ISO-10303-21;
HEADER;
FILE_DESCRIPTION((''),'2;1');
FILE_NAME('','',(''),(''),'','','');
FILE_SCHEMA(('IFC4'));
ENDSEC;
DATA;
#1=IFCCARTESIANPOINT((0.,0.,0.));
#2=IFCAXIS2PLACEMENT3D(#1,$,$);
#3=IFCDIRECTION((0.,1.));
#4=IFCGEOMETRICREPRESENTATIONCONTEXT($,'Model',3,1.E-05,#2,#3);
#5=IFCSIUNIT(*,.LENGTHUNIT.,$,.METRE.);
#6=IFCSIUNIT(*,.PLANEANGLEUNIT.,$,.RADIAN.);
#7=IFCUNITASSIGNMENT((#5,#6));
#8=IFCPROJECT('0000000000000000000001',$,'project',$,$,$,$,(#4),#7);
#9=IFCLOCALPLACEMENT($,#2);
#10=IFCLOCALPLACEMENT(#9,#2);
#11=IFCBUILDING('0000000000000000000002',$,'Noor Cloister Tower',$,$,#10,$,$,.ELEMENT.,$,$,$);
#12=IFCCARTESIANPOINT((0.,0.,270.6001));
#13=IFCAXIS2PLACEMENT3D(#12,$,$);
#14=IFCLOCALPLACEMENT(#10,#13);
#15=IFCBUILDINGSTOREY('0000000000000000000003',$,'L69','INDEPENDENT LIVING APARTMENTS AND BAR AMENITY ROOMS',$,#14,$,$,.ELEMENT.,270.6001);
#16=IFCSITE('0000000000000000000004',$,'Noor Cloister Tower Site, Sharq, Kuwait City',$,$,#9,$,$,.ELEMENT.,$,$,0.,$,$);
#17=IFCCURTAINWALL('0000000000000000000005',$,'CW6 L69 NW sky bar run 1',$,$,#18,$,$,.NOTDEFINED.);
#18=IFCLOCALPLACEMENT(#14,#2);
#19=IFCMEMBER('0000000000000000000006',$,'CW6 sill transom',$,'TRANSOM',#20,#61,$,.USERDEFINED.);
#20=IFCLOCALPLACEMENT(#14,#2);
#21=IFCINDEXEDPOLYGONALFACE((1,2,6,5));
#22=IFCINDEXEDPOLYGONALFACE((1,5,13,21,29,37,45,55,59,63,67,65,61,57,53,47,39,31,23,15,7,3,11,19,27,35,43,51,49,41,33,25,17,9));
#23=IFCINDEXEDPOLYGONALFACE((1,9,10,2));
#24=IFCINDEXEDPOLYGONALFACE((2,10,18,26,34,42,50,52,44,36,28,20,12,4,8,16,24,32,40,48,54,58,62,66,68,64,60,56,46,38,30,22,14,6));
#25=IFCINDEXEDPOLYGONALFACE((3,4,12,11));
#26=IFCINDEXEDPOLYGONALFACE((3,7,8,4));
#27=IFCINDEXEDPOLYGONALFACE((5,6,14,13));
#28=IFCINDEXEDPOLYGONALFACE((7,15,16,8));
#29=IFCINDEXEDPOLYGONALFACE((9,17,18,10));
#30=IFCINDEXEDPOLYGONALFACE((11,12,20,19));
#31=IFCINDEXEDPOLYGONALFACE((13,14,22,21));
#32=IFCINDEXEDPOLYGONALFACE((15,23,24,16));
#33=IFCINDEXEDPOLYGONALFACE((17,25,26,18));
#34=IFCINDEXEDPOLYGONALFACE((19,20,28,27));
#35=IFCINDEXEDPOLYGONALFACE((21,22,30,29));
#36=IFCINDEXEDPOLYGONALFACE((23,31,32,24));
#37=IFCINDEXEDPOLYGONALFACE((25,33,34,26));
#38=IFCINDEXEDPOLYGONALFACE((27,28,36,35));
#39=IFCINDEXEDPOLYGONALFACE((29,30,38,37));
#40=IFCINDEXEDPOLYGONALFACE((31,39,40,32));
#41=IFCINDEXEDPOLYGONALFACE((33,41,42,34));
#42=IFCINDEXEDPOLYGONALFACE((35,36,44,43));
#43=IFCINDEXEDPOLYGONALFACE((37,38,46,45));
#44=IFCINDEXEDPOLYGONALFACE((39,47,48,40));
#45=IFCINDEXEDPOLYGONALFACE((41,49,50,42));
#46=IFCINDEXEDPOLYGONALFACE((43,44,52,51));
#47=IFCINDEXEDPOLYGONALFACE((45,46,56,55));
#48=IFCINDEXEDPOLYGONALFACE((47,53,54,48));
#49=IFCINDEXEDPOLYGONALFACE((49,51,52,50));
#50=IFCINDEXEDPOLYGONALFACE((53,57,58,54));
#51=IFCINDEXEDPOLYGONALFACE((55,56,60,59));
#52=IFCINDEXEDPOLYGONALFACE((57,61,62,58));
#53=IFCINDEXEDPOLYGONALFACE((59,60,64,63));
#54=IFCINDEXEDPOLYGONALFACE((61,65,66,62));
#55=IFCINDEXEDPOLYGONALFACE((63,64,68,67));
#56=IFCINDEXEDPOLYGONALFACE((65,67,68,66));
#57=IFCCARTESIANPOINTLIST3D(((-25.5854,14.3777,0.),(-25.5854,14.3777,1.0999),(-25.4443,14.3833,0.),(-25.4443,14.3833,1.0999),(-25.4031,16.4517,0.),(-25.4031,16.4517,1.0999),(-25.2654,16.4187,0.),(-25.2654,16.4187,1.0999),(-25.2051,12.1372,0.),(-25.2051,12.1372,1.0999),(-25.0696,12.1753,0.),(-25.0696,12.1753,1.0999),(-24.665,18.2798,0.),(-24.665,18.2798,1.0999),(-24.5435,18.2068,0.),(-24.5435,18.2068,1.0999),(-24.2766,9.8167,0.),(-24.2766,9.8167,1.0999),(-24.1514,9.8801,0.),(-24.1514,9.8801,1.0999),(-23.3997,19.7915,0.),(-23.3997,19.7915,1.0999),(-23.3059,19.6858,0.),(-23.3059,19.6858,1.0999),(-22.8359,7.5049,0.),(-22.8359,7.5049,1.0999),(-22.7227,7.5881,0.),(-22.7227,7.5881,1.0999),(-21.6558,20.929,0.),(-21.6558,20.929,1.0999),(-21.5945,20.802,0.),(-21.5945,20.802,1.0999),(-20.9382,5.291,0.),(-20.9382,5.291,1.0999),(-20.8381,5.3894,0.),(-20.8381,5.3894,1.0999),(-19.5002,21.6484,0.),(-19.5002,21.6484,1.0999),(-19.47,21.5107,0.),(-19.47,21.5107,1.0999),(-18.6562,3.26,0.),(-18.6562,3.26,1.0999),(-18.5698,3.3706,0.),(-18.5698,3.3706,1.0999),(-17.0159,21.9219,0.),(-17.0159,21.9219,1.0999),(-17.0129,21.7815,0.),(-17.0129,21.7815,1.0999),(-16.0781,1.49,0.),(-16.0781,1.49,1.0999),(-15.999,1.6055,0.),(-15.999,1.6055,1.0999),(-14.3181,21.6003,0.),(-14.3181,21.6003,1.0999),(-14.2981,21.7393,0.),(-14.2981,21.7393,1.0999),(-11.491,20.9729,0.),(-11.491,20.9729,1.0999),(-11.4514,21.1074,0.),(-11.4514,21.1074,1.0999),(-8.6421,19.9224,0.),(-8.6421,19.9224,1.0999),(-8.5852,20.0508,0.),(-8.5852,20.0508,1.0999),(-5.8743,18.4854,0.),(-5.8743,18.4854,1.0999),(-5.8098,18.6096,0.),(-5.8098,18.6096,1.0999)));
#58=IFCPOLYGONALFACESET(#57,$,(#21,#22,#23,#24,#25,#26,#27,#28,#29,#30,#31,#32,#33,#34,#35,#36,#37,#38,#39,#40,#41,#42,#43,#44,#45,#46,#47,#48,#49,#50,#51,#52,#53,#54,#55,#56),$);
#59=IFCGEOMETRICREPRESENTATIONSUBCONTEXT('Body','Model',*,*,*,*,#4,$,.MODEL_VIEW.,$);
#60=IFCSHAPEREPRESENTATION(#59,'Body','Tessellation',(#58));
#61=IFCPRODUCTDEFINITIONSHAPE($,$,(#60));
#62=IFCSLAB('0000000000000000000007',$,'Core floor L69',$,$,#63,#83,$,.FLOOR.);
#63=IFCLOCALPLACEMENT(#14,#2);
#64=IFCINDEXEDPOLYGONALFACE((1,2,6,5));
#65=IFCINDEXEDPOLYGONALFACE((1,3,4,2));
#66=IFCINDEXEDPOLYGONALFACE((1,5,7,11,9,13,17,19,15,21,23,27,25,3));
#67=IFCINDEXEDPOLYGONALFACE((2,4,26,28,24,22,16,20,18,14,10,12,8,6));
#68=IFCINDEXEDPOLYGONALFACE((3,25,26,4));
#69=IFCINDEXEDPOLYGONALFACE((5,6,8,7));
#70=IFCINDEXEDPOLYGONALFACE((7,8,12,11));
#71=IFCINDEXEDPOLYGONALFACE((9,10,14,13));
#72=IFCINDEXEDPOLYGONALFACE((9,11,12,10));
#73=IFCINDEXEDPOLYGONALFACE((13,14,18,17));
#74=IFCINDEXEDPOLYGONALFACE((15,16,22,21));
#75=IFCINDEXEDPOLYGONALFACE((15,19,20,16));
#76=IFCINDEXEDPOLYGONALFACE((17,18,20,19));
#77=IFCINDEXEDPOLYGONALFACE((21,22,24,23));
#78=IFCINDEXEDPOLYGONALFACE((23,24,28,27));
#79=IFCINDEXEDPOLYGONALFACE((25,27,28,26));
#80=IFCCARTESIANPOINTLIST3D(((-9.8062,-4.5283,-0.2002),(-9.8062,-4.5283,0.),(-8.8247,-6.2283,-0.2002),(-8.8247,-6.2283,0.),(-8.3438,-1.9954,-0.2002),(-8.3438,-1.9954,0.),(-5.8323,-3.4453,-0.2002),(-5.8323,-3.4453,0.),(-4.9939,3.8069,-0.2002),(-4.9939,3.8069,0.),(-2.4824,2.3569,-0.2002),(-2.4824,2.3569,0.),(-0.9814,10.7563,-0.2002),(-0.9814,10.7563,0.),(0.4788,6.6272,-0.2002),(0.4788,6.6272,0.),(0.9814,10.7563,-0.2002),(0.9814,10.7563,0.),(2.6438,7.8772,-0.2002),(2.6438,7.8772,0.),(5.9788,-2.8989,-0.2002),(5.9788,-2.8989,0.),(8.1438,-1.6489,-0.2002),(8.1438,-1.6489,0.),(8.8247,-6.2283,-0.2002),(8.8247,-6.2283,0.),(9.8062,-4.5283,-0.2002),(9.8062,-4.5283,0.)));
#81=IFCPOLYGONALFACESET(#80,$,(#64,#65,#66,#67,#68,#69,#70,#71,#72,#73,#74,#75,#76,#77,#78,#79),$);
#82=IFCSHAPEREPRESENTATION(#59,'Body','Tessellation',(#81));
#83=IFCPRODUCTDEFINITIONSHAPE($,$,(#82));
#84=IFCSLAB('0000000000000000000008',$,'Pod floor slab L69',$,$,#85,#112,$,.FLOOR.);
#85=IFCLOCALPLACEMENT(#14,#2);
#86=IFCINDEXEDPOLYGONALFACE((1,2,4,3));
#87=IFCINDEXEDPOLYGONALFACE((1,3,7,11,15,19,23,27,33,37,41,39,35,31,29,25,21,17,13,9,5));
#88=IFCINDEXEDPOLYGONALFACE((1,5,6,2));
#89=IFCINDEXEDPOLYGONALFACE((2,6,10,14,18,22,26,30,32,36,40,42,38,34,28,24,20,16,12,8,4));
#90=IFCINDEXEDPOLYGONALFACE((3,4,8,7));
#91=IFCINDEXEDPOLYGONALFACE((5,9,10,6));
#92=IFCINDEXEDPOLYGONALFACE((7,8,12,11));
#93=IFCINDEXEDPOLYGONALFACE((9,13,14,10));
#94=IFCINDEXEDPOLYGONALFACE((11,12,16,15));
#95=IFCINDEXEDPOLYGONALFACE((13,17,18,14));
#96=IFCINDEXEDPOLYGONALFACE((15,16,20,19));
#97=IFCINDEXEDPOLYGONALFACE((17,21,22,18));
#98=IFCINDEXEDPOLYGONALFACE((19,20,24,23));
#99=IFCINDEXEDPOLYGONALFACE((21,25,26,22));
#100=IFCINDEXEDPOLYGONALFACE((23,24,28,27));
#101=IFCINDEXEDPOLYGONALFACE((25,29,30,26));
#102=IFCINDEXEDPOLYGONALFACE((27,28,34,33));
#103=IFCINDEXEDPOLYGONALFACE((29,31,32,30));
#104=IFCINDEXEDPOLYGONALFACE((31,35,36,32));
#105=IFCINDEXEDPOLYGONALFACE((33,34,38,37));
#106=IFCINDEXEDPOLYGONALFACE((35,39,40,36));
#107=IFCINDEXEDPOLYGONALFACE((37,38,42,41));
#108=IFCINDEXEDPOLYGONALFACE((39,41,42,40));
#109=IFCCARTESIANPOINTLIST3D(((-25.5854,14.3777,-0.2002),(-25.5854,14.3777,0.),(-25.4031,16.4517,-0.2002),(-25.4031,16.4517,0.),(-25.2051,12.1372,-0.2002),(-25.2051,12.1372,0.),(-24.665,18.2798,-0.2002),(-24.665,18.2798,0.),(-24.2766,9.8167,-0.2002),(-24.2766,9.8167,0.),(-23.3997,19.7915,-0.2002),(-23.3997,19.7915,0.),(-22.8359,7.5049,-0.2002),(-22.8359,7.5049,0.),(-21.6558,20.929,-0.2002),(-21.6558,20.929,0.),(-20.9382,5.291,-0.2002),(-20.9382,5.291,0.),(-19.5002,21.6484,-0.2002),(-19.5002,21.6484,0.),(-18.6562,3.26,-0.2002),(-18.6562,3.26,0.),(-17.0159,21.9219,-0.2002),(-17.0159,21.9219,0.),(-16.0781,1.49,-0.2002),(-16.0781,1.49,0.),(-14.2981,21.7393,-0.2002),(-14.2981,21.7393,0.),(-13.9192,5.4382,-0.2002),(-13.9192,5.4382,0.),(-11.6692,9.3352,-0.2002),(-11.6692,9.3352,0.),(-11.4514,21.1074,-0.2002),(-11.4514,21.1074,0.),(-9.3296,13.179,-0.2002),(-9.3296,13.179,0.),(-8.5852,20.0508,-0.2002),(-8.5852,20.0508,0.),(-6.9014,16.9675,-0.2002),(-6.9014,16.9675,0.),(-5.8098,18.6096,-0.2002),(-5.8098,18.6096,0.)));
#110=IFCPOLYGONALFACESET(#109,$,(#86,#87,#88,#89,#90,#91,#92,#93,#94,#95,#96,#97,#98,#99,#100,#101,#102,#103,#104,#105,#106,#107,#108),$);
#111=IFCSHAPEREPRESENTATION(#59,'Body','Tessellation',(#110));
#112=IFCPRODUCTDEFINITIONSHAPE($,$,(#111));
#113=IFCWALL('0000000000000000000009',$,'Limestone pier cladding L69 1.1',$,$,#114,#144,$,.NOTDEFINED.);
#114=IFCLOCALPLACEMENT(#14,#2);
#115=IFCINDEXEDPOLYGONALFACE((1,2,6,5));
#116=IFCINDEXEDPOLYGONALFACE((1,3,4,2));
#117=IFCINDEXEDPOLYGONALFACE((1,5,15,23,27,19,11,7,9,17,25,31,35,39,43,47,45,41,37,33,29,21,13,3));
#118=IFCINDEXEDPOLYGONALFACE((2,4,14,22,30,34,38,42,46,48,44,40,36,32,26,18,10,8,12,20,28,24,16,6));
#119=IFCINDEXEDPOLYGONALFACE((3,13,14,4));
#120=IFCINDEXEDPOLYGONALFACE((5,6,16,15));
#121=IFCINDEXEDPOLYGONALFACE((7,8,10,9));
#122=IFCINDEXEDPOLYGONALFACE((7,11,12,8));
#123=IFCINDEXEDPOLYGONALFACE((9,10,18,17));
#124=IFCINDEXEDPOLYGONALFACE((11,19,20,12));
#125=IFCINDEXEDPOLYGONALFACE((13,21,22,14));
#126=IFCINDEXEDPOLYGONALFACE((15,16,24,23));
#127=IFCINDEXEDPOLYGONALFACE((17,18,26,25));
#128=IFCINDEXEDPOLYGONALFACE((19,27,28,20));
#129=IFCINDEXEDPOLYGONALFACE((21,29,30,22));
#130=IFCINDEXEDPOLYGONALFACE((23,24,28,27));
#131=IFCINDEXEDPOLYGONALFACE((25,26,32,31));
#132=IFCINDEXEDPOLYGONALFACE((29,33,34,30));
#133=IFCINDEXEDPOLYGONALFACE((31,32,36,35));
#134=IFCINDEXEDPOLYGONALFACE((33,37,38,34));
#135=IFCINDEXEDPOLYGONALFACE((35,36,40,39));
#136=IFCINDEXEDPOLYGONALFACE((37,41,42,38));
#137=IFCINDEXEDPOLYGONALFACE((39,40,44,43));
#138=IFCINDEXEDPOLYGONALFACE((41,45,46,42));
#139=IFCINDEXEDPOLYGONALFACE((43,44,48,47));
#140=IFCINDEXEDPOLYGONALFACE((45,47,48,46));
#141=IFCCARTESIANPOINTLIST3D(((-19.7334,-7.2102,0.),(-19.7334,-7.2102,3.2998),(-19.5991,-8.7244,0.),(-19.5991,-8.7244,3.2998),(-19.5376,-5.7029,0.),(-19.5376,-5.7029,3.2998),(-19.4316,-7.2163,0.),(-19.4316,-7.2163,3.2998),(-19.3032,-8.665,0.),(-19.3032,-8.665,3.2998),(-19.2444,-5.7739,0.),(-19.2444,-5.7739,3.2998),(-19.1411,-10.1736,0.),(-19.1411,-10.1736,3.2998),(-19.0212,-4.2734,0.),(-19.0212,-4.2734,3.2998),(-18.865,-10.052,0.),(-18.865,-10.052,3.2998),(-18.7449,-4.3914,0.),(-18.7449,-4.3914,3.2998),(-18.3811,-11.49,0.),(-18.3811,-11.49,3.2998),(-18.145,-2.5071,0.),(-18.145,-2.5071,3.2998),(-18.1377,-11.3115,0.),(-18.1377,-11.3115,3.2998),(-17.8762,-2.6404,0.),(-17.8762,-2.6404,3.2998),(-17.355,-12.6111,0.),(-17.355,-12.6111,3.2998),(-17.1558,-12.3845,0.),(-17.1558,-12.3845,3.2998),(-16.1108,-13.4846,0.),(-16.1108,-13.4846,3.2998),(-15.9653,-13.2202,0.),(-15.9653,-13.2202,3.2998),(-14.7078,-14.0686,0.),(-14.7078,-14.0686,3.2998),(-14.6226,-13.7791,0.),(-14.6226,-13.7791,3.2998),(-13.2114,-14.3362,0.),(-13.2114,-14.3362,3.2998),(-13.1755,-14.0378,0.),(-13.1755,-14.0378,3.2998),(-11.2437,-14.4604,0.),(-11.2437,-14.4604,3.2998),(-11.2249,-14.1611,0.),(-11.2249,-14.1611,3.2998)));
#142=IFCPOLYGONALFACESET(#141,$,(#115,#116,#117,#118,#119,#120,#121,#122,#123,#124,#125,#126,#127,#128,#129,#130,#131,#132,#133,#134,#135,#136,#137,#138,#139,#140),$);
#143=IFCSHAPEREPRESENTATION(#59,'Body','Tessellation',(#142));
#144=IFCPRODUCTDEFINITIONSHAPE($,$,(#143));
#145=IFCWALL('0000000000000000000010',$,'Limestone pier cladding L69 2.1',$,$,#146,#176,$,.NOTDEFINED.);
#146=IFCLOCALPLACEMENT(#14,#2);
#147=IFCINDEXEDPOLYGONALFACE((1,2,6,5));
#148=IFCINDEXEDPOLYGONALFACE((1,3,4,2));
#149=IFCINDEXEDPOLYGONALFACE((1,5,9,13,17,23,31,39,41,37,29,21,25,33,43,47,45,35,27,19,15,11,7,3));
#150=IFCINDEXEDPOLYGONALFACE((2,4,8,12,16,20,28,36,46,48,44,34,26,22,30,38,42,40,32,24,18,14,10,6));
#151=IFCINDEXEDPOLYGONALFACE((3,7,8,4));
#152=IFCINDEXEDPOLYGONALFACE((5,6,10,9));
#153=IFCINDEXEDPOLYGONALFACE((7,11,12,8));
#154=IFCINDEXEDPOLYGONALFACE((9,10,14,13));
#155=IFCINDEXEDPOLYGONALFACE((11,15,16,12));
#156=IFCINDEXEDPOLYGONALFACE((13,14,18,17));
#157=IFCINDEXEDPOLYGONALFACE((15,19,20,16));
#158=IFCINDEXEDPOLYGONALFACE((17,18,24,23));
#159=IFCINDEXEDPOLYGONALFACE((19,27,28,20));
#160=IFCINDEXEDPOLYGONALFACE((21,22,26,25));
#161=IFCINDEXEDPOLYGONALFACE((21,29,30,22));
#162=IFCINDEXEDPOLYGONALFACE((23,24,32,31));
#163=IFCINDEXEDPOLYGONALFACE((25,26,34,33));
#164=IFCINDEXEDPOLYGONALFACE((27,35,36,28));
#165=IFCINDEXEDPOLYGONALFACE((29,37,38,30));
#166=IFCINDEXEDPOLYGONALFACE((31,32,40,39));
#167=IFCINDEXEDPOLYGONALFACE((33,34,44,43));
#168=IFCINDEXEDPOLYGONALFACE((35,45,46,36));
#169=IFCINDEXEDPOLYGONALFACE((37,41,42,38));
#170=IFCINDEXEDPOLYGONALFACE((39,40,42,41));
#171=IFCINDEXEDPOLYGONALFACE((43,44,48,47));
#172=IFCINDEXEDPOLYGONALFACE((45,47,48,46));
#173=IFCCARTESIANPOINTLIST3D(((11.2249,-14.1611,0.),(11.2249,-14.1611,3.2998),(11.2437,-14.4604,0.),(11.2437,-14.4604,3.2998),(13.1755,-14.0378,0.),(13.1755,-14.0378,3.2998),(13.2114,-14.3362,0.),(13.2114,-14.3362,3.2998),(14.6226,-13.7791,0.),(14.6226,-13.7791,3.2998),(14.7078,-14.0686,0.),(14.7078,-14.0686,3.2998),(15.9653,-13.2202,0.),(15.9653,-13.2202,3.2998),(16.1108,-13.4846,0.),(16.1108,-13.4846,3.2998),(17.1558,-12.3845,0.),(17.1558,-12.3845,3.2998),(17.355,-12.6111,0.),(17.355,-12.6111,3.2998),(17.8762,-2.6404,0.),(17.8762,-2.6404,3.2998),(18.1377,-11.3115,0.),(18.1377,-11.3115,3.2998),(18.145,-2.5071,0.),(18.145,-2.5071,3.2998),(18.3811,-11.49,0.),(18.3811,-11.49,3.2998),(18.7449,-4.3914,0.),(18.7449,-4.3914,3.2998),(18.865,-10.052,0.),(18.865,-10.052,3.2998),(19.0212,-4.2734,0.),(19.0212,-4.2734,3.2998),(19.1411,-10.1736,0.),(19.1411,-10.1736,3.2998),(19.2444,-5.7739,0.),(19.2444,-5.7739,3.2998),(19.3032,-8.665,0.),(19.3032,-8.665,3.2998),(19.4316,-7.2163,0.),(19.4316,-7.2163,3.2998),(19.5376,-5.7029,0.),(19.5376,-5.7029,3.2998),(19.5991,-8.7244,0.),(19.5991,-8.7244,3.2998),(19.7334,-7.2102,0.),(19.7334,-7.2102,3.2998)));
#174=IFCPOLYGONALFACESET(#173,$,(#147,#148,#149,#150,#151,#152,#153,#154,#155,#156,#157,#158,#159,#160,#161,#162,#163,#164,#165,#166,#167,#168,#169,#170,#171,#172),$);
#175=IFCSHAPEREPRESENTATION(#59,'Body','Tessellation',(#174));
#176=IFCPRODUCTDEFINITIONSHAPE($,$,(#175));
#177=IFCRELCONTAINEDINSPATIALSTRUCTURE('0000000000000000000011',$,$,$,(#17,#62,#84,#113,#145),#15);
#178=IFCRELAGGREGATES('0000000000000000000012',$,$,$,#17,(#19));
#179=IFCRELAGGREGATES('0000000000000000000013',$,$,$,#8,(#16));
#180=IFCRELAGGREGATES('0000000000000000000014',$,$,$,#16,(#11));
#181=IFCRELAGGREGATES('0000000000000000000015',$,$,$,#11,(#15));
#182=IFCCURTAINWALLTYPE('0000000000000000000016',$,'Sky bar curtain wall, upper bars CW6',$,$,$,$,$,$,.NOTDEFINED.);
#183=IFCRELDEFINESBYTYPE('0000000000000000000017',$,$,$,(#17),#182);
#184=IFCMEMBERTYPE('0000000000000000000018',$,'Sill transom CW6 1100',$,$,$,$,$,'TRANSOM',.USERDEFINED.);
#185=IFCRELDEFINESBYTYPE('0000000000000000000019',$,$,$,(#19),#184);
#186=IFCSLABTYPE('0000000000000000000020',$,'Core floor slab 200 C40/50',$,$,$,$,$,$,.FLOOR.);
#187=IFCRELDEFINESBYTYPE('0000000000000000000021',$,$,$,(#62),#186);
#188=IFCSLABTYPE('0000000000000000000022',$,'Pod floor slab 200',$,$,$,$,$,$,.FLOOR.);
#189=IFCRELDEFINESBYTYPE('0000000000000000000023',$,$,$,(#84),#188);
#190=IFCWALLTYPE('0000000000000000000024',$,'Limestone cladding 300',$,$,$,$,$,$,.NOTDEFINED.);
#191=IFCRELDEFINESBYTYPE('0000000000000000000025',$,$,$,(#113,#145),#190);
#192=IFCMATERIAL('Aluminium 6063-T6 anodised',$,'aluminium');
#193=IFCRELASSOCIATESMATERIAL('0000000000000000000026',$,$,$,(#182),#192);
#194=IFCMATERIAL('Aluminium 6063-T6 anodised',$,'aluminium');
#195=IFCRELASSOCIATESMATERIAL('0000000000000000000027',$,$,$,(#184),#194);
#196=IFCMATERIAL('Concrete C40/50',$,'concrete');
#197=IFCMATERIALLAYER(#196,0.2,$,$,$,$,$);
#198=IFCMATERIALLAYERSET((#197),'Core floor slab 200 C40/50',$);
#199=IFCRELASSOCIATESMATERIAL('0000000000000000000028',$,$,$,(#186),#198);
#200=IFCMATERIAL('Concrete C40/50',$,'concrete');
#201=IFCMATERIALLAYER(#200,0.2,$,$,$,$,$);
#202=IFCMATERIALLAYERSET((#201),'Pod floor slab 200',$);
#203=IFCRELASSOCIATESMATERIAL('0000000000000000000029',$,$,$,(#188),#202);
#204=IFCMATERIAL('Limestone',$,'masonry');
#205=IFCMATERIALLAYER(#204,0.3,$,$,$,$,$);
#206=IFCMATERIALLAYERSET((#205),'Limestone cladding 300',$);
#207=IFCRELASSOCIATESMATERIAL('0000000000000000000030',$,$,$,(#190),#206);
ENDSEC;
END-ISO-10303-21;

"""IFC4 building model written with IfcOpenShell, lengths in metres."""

from ifc_helpers import new_model, si_unit, direction, frame, origin, place, context, subcontext, project, spatial, polyline, outline, extrude, material, layer, layer_set, type_object, element, aggregate, save


model = new_model("IFC4")

# Units and contexts
model_context = context("Model", 3, precision=1e-05, world=origin(), true_north=direction((0.0, 1.0)))
body_context = subcontext(model_context, "Body", "Model", "MODEL_VIEW")
ifc_project = project(units=[si_unit("LENGTHUNIT", "METRE"), si_unit("PLANEANGLEUNIT", "RADIAN")], contexts=[model_context])

# Site, building, storey
site_placement = place(None, origin())
site = spatial("IfcSite", under=ifc_project, at=site_placement, Name="Noor Cloister Tower Site, Sharq, Kuwait City", CompositionType="ELEMENT", RefElevation=0.0)
building_placement = place(site_placement, origin())
building = spatial("IfcBuilding", under=site, at=building_placement, Name="Noor Cloister Tower", CompositionType="ELEMENT")
storey_placement = place(building_placement, frame((0.0, 0.0, 270.6001)))
storey = spatial("IfcBuildingStorey", under=building, at=storey_placement, Name="L69", Description="INDEPENDENT LIVING APARTMENTS AND BAR AMENITY ROOMS", CompositionType="ELEMENT", Elevation=270.6001)

# Curtain wall
ifc_material_1 = material(Name="Aluminium 6063-T6 anodised", Category="aluminium")
curtain_wall_type_1 = type_object("IfcCurtainWallType", Name="Sky bar curtain wall, upper bars CW6", PredefinedType="NOTDEFINED", material=ifc_material_1)
curtain_wall_1_placement = place(storey_placement, origin())
curtain_wall_1 = element("IfcCurtainWall", 1, at=curtain_wall_1_placement, inside=storey, type_object=curtain_wall_type_1, Name="CW6 L69 NW sky bar run 1", PredefinedType="NOTDEFINED")

# Member
ifc_material_2 = material(Name="Aluminium 6063-T6 anodised", Category="aluminium")
member_type_1 = type_object("IfcMemberType", Name="Sill transom CW6 1100", ElementType="TRANSOM", PredefinedType="USERDEFINED", material=ifc_material_2)
member_1_placement = place(storey_placement, origin())
member_1 = element("IfcMember", 2, at=member_1_placement, type_object=member_type_1, Name="CW6 sill transom", ObjectType="TRANSOM", PredefinedType="USERDEFINED", context=body_context, shape_type="SweptSolid", body=[
    extrude(outline(polyline([(-5.8098, 18.6096), (-8.5852, 20.0508), (-11.4514, 21.1074), (-14.2981, 21.7393), (-17.0159, 21.9219), (-19.5002, 21.6484), (-21.6558, 20.929), (-23.3997, 19.7915), (-24.665, 18.2798), (-25.4031, 16.4517), (-25.5854, 14.3777), (-25.2051, 12.1372), (-24.2766, 9.8167), (-22.8359, 7.5049), (-20.9382, 5.291), (-18.6562, 3.26), (-16.0781, 1.49), (-15.999, 1.6055), (-18.5698, 3.3706), (-20.8381, 5.3894), (-22.7227, 7.5881), (-24.1514, 9.8801), (-25.0696, 12.1753), (-25.4443, 14.3833), (-25.2654, 16.4187), (-24.5435, 18.2068), (-23.3059, 19.6858), (-21.5945, 20.802), (-19.47, 21.5107), (-17.0129, 21.7815), (-14.3181, 21.6003), (-11.491, 20.9729), (-8.6421, 19.9224), (-5.8743, 18.4854), (-5.8098, 18.6096)])), origin(), (0.0, 0.0, 1.0), 1.0999),
])
aggregate(curtain_wall_1, [member_1])

# Slabs
ifc_material_3 = material(Name="Concrete C40/50", Category="concrete")
ifc_layer_1 = layer(ifc_material_3, 0.2)
ifc_layer_set_1 = layer_set([ifc_layer_1], Name="Core floor slab 200 C40/50")
slab_type_1 = type_object("IfcSlabType", Name="Core floor slab 200 C40/50", PredefinedType="FLOOR", material=ifc_layer_set_1)
slab_1_placement = place(storey_placement, frame((0.0, 0.0, -0.2002)))
element("IfcSlab", 3, at=slab_1_placement, inside=storey, type_object=slab_type_1, Name="Core floor L69", PredefinedType="FLOOR", context=body_context, shape_type="SweptSolid", body=[
    extrude(outline(polyline([(2.6438, 7.8772), (0.9814, 10.7563), (-0.9814, 10.7563), (-4.9939, 3.8069), (-2.4824, 2.3569), (-5.8323, -3.4453), (-8.3438, -1.9954), (-9.8062, -4.5283), (-8.8247, -6.2283), (8.8247, -6.2283), (9.8062, -4.5283), (8.1438, -1.6489), (5.9788, -2.8989), (0.4788, 6.6272), (2.6438, 7.8772)])), origin(), (0.0, 0.0, 1.0), 0.2002),
])
ifc_material_4 = material(Name="Concrete C40/50", Category="concrete")
ifc_layer_2 = layer(ifc_material_4, 0.2)
ifc_layer_set_2 = layer_set([ifc_layer_2], Name="Pod floor slab 200")
slab_type_2 = type_object("IfcSlabType", Name="Pod floor slab 200", PredefinedType="FLOOR", material=ifc_layer_set_2)
slab_2_placement = place(storey_placement, frame((0.0, 0.0, -0.2002)))
element("IfcSlab", 4, at=slab_2_placement, inside=storey, type_object=slab_type_2, Name="Pod floor slab L69", PredefinedType="FLOOR", context=body_context, shape_type="SweptSolid", body=[
    extrude(outline(polyline([(-5.8098, 18.6096), (-8.5852, 20.0508), (-11.4514, 21.1074), (-14.2981, 21.7393), (-17.0159, 21.9219), (-19.5002, 21.6484), (-21.6558, 20.929), (-23.3997, 19.7915), (-24.665, 18.2798), (-25.4031, 16.4517), (-25.5854, 14.3777), (-25.2051, 12.1372), (-24.2766, 9.8167), (-22.8359, 7.5049), (-20.9382, 5.291), (-18.6562, 3.26), (-16.0781, 1.49), (-13.9192, 5.4382), (-11.6692, 9.3352), (-9.3296, 13.179), (-6.9014, 16.9675), (-5.8098, 18.6096)])), origin(), (0.0, 0.0, 1.0), 0.2002),
])

# Walls
ifc_material_5 = material(Name="Limestone", Category="masonry")
ifc_layer_3 = layer(ifc_material_5, 0.3)
ifc_layer_set_3 = layer_set([ifc_layer_3], Name="Limestone cladding 300")
wall_type = type_object("IfcWallType", Name="Limestone cladding 300", PredefinedType="NOTDEFINED", material=ifc_layer_set_3)
wall_1_placement = place(storey_placement, origin())
element("IfcWall", 5, at=wall_1_placement, inside=storey, type_object=wall_type, Name="Limestone pier cladding L69 1.1", PredefinedType="NOTDEFINED", context=body_context, shape_type="SweptSolid", body=[
    extrude(outline(polyline([(-18.145, -2.5071), (-19.0212, -4.2734), (-19.5376, -5.7029), (-19.7334, -7.2102), (-19.5991, -8.7244), (-19.1411, -10.1736), (-18.3811, -11.49), (-17.355, -12.6111), (-16.1108, -13.4846), (-14.7078, -14.0686), (-13.2114, -14.3362), (-11.2437, -14.4604), (-11.2249, -14.1611), (-13.1755, -14.0378), (-14.6226, -13.7791), (-15.9653, -13.2202), (-17.1558, -12.3845), (-18.1377, -11.3115), (-18.865, -10.052), (-19.3032, -8.665), (-19.4316, -7.2163), (-19.2444, -5.7739), (-18.7449, -4.3914), (-17.8762, -2.6404), (-18.145, -2.5071)])), origin(), (0.0, 0.0, 1.0), 3.2998),
])
wall_2_placement = place(storey_placement, origin())
element("IfcWall", 6, at=wall_2_placement, inside=storey, type_object=wall_type, Name="Limestone pier cladding L69 2.1", PredefinedType="NOTDEFINED", context=body_context, shape_type="SweptSolid", body=[
    extrude(outline(polyline([(11.2437, -14.4604), (13.2114, -14.3362), (14.7078, -14.0686), (16.1108, -13.4846), (17.355, -12.6111), (18.3811, -11.49), (19.1411, -10.1736), (19.5991, -8.7244), (19.7334, -7.2102), (19.5376, -5.7029), (19.0212, -4.2734), (18.145, -2.5071), (17.8762, -2.6404), (18.7449, -4.3914), (19.2444, -5.7739), (19.4316, -7.2163), (19.3032, -8.665), (18.865, -10.052), (18.1377, -11.3115), (17.1558, -12.3845), (15.9653, -13.2202), (14.6226, -13.7791), (13.1755, -14.0378), (11.2249, -14.1611), (11.2437, -14.4604)])), origin(), (0.0, 0.0, 1.0), 3.2998),
])

save(model, "model.ifc")
